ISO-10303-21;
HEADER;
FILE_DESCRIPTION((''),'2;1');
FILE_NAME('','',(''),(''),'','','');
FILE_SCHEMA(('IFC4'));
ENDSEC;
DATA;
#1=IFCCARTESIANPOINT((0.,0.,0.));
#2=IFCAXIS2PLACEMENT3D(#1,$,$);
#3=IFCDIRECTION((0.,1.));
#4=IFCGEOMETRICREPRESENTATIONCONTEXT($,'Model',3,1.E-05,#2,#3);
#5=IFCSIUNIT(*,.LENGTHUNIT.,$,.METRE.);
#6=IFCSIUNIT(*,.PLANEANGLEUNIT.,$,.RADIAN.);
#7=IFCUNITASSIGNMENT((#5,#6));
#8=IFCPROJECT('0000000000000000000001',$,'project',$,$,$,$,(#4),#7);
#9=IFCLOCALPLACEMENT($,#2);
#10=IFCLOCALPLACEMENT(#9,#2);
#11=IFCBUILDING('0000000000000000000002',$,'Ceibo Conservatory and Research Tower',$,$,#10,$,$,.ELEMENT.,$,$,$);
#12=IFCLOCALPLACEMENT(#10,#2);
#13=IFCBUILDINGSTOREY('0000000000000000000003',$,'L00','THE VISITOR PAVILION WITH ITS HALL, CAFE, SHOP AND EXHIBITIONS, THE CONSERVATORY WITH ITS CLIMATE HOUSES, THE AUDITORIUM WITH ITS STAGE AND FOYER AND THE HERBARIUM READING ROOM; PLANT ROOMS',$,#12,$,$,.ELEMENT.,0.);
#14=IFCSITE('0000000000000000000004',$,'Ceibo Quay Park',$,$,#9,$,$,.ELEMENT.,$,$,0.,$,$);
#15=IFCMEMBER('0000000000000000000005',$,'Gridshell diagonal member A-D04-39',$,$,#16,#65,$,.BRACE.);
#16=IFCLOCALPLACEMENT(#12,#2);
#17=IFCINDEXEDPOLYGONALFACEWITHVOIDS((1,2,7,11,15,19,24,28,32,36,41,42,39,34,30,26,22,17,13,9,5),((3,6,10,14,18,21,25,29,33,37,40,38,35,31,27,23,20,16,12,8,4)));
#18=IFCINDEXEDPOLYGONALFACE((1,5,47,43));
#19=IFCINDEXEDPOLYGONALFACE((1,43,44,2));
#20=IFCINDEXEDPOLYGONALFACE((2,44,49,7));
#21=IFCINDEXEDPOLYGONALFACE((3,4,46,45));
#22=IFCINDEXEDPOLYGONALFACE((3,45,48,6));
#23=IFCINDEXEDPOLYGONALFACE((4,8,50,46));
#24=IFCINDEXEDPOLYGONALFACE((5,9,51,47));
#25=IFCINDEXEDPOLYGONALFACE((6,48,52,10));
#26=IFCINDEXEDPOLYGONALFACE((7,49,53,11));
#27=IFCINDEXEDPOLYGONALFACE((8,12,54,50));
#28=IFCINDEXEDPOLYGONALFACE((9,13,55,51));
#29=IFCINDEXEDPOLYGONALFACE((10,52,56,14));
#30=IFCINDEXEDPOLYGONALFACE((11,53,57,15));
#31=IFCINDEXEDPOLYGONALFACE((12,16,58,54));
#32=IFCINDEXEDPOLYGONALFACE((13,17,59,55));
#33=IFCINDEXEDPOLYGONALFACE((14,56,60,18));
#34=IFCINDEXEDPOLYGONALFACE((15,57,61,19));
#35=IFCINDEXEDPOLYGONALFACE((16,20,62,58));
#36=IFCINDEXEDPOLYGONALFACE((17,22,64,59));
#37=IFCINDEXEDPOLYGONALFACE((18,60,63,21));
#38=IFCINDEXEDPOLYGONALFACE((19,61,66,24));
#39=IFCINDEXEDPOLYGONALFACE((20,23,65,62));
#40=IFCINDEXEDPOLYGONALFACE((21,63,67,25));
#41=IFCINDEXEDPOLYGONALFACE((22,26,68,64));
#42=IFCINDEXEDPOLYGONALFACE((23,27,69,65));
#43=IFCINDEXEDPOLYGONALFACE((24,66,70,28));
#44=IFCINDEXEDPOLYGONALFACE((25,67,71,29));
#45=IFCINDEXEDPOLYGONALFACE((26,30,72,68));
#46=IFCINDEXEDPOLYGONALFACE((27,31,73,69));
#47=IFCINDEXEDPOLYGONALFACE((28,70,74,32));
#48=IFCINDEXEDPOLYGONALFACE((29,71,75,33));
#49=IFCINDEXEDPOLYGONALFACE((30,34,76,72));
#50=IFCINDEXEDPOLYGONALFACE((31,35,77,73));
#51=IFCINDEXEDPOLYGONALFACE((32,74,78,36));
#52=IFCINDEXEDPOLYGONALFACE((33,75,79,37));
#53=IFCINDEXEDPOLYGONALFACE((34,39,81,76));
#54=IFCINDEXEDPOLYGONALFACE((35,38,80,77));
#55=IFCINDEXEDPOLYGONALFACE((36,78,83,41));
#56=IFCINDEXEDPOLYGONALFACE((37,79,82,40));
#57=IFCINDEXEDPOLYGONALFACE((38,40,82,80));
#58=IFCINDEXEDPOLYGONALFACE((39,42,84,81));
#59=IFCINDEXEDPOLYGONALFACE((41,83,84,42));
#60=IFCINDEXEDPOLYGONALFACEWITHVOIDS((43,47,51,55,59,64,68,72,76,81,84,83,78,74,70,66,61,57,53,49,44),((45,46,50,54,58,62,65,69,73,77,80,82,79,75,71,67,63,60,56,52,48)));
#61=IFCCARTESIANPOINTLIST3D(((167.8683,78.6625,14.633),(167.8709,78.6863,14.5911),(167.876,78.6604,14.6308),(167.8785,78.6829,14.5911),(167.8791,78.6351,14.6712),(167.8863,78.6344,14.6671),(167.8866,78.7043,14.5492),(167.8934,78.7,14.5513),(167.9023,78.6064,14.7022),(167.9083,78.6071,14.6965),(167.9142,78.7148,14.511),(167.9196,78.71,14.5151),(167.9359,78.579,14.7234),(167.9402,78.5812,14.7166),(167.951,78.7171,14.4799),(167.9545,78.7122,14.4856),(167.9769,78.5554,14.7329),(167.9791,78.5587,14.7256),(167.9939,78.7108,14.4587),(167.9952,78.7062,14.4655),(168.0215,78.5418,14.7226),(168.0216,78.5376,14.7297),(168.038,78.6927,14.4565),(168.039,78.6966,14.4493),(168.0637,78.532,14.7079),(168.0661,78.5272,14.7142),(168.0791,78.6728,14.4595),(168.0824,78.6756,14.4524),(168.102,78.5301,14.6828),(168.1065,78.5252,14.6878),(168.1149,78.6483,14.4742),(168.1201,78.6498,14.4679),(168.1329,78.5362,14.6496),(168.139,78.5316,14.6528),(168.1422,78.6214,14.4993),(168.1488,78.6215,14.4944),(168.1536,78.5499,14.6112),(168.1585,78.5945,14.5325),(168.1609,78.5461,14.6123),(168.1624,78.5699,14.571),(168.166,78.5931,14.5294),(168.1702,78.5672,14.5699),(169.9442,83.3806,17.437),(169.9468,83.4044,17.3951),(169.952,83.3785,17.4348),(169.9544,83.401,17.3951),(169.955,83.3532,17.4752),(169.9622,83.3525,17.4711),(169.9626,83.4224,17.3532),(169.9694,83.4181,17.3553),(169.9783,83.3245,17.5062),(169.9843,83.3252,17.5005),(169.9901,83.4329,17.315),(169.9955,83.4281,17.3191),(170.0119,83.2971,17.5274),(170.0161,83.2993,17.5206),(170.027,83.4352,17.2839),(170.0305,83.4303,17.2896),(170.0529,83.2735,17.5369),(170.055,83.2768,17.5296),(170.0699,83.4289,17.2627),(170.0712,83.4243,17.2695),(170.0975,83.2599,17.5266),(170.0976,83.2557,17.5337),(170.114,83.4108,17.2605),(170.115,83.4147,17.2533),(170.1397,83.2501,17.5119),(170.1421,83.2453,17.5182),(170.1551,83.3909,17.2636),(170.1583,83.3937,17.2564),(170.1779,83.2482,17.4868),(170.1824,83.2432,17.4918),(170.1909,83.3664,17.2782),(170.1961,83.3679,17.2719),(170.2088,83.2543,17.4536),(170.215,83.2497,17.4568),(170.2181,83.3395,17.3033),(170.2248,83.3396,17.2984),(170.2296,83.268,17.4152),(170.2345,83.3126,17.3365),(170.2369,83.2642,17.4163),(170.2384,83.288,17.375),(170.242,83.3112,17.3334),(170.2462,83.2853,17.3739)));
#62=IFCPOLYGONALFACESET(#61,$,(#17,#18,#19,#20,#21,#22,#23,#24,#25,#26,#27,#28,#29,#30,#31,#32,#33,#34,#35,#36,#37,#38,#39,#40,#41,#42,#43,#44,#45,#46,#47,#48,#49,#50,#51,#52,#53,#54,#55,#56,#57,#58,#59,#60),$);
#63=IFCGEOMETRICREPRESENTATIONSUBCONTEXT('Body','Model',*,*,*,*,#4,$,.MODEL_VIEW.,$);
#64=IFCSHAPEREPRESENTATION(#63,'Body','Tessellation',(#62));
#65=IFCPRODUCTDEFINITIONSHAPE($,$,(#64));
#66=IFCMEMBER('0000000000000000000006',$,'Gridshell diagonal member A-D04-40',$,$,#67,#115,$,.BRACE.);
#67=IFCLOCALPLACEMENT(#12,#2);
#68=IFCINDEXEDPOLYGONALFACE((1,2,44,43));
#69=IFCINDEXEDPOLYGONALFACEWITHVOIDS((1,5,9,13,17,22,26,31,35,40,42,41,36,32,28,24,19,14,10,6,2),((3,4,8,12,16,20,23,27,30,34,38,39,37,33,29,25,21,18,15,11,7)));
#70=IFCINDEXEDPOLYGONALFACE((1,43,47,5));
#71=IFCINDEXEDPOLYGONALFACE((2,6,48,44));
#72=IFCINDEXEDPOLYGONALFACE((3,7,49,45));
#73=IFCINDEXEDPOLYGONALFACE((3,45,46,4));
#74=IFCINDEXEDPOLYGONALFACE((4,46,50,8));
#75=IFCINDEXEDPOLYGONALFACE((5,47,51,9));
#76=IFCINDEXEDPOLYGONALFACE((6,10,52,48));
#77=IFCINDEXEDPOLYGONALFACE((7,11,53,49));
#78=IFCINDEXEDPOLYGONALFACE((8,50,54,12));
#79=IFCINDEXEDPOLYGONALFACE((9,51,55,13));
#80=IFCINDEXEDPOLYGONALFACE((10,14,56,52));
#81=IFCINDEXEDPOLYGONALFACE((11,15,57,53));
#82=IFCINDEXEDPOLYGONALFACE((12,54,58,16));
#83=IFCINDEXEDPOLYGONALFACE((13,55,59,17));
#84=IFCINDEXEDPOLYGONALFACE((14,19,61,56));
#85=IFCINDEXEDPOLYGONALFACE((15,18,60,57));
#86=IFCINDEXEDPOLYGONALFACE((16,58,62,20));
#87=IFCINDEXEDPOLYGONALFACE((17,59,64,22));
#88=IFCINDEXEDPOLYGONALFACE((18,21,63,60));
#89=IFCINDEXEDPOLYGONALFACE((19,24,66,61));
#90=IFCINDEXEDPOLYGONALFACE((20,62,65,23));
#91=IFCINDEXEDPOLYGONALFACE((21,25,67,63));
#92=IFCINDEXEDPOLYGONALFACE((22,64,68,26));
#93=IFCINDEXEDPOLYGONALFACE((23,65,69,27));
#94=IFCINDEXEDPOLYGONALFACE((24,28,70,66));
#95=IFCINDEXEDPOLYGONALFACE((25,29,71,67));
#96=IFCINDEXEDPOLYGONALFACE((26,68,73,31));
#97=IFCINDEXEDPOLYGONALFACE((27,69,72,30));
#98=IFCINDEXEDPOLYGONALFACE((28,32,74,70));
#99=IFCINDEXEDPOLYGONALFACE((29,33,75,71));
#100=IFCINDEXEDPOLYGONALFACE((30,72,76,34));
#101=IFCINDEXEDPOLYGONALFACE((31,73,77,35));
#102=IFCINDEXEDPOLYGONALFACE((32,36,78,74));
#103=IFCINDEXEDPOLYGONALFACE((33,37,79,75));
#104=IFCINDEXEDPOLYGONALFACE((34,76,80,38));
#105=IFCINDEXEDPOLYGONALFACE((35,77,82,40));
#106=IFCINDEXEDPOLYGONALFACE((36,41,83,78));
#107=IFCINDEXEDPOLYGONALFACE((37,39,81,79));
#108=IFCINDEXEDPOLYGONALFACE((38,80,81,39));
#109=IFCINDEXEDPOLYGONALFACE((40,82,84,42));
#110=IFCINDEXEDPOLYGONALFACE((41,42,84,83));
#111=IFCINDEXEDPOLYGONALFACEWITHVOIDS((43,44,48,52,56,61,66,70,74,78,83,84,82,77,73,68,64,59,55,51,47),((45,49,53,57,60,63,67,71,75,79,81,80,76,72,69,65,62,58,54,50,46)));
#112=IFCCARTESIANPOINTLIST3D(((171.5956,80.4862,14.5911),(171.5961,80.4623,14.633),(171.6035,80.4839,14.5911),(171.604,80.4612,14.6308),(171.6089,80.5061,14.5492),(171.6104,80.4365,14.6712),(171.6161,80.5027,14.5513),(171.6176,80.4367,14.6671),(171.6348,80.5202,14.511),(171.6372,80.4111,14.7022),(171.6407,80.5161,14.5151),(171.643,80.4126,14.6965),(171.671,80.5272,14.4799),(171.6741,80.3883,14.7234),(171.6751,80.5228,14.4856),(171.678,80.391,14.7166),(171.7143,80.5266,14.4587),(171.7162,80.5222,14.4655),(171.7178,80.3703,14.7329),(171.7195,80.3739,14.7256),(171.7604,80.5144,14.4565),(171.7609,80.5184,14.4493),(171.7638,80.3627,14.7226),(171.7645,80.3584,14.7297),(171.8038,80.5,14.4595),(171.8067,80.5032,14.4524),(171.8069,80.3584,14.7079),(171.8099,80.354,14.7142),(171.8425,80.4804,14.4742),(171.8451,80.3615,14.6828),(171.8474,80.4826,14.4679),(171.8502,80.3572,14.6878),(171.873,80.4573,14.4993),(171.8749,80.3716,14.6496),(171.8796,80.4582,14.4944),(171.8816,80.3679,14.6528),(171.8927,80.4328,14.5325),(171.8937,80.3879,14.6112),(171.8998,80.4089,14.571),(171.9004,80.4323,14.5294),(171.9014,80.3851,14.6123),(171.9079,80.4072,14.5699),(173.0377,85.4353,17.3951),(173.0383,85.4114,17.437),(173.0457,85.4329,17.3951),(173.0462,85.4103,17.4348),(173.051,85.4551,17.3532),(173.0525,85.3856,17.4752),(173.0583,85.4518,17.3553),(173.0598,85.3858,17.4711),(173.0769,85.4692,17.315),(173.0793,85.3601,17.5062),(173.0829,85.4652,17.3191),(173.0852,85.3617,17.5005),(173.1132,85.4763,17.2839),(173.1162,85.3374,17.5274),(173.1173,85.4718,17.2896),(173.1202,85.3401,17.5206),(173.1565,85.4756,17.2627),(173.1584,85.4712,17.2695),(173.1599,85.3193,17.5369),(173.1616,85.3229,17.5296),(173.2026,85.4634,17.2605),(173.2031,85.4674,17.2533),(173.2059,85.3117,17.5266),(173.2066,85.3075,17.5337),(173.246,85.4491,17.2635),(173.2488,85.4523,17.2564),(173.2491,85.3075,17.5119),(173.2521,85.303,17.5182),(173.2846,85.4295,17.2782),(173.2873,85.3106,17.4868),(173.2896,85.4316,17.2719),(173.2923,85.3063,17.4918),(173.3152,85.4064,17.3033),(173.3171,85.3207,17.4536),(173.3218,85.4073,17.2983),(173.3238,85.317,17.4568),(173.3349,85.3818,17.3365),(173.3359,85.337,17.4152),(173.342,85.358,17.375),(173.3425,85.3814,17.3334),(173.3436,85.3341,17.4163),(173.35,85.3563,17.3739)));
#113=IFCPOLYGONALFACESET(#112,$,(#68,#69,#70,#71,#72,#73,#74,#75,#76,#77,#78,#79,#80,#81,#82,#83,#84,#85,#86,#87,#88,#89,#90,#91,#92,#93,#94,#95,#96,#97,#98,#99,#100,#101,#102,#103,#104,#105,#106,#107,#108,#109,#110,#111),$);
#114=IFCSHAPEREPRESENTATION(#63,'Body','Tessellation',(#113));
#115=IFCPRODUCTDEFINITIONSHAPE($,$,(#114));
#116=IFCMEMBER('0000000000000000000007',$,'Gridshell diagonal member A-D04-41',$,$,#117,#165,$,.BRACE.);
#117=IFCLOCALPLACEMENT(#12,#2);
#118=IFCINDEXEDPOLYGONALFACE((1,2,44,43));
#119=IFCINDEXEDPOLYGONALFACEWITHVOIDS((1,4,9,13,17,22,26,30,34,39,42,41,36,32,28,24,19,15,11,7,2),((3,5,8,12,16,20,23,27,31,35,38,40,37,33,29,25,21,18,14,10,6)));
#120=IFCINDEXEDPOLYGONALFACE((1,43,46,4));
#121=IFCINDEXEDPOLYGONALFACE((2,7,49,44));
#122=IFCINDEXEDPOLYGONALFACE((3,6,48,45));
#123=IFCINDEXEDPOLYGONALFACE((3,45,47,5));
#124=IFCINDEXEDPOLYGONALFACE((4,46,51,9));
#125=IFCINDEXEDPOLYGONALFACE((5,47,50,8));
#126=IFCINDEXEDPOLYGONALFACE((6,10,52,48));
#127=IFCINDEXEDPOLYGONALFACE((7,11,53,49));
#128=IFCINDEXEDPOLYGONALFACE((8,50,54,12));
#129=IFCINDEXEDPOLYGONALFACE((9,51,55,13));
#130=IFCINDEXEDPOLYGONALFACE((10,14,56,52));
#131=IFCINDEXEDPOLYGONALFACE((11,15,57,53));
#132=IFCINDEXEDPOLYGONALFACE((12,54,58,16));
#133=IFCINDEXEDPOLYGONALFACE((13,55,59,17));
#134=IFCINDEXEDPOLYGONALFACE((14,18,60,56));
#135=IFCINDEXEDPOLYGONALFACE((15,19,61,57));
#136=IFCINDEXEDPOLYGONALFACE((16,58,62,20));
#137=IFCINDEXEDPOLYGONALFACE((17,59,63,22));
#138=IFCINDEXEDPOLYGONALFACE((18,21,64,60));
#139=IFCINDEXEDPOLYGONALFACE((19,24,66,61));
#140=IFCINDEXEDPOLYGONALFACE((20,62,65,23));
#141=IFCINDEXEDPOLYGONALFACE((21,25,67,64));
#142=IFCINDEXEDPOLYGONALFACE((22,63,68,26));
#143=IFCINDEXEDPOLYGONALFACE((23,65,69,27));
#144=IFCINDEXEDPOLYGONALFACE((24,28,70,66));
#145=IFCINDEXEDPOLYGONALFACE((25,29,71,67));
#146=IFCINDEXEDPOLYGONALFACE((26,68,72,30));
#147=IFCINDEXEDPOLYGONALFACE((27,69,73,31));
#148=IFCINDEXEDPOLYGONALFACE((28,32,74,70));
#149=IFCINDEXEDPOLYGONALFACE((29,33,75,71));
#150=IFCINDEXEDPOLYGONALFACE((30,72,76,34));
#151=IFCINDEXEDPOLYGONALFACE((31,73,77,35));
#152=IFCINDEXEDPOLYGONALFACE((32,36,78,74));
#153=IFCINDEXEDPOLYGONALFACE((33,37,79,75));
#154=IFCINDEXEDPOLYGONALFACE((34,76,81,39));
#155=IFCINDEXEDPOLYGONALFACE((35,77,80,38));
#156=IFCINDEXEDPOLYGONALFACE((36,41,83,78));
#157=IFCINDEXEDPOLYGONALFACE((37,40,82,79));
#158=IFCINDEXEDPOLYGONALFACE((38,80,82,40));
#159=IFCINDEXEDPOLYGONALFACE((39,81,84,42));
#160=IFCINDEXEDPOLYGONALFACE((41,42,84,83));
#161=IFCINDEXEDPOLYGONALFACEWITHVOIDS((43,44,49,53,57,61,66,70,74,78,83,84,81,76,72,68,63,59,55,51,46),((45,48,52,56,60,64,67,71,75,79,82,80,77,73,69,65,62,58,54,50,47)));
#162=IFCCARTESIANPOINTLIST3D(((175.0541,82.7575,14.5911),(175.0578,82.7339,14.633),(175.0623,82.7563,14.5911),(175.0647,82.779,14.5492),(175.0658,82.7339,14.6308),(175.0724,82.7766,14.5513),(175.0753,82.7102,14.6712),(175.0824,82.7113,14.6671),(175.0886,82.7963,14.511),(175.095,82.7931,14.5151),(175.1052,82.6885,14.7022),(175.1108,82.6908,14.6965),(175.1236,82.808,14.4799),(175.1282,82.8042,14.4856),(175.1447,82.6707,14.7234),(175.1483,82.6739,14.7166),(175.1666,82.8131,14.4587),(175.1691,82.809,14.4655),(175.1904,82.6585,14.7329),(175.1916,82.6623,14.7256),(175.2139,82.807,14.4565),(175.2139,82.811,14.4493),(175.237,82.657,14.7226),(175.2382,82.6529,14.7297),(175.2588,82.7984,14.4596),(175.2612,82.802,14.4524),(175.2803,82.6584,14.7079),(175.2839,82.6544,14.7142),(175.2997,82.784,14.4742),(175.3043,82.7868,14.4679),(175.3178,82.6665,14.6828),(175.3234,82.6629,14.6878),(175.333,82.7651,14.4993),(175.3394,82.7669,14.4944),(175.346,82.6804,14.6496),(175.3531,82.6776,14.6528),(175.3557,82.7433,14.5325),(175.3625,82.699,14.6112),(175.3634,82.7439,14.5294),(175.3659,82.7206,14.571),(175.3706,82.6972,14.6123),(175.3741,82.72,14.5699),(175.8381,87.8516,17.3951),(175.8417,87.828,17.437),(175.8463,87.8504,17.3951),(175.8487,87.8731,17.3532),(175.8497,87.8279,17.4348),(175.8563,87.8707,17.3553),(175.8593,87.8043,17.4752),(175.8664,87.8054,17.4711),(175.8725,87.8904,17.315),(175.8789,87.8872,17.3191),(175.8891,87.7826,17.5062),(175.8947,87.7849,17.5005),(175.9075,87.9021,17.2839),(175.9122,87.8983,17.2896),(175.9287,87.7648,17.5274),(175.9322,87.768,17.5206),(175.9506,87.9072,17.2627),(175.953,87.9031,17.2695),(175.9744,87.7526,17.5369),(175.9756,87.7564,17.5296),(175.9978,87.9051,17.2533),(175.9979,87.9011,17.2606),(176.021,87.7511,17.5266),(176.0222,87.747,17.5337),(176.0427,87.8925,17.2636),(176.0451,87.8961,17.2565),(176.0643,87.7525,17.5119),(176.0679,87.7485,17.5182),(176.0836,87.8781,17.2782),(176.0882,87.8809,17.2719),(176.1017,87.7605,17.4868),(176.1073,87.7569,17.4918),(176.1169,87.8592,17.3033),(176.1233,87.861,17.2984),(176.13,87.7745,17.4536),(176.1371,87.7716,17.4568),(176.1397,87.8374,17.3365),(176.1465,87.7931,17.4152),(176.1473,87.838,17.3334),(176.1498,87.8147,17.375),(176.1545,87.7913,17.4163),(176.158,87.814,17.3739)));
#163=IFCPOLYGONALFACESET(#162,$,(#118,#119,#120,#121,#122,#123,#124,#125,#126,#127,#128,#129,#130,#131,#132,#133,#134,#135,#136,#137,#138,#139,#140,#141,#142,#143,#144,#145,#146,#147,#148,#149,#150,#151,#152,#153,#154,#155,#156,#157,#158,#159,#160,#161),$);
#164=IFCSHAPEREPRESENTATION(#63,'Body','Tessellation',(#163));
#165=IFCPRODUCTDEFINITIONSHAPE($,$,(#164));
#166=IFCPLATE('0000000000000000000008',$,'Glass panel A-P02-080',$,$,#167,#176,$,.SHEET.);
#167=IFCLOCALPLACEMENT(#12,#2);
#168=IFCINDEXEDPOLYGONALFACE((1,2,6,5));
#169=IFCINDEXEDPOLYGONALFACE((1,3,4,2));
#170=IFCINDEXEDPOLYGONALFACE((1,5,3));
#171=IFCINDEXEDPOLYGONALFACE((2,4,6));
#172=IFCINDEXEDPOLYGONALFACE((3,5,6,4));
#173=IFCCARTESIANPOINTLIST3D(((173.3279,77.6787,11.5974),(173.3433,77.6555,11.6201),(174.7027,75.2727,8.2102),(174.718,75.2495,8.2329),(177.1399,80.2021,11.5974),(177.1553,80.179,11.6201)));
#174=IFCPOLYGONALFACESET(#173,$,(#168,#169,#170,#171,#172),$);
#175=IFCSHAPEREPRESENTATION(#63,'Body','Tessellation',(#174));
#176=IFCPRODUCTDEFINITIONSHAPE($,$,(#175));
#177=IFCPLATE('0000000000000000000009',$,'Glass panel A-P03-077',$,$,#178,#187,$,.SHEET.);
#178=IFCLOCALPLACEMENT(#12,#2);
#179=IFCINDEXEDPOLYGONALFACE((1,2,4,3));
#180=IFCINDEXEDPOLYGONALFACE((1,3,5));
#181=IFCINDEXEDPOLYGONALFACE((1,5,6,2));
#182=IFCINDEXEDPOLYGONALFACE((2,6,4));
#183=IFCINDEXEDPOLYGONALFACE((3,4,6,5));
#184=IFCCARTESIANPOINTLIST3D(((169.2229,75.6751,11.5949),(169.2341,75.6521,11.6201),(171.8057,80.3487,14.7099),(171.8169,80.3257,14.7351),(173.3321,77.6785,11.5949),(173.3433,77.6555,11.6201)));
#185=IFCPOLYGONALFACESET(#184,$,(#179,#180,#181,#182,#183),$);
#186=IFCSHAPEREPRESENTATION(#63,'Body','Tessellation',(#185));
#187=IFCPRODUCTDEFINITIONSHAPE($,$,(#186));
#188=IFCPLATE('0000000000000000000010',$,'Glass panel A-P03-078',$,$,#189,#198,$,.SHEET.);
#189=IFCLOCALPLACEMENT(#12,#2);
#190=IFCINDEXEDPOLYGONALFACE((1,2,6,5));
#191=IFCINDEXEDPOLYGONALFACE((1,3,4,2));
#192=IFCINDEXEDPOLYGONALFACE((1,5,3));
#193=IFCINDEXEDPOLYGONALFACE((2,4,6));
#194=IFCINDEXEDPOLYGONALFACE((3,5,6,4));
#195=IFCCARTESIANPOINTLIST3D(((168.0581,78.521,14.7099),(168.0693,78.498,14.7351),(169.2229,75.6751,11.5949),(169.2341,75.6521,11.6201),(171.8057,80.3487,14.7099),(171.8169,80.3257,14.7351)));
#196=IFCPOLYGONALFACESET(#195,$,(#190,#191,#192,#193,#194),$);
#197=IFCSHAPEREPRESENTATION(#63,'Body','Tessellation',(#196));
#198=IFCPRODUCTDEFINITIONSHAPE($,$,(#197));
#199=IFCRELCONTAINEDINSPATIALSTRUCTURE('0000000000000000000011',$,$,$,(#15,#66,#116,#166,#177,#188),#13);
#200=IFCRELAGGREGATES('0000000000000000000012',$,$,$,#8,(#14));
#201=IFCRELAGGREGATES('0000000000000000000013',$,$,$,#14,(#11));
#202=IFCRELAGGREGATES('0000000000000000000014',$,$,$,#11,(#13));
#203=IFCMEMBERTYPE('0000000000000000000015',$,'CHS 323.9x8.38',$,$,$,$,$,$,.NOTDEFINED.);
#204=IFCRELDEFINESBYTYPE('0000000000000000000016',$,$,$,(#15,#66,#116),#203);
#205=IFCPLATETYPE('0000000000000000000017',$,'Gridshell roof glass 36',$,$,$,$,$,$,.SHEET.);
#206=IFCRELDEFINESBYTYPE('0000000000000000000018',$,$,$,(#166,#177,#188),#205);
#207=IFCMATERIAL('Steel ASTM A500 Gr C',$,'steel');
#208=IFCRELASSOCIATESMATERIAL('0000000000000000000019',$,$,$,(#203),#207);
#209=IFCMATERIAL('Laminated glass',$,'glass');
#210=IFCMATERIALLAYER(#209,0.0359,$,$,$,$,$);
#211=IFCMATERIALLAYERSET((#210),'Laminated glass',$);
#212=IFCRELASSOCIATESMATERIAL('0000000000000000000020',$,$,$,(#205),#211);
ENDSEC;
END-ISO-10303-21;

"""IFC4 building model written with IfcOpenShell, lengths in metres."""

from ifc_helpers import new_model, si_unit, direction, frame, origin, origin_2d, place, context, subcontext, project, spatial, polyline, hollow_circle, outline, extrude, material, layer, layer_set, material_profile, profile_set, type_object, element, save


model = new_model("IFC4")

# Units and contexts
model_context = context("Model", 3, precision=1e-05, world=origin(), true_north=direction((0.0, 1.0)))
body_context = subcontext(model_context, "Body", "Model", "MODEL_VIEW")
ifc_project = project(units=[si_unit("LENGTHUNIT", "METRE"), si_unit("PLANEANGLEUNIT", "RADIAN")], contexts=[model_context])

# Site, building, storey
site_placement = place(None, origin())
site = spatial("IfcSite", under=ifc_project, at=site_placement, Name="Ceibo Quay Park", CompositionType="ELEMENT", RefElevation=0.0)
building_placement = place(site_placement, origin())
building = spatial("IfcBuilding", under=site, at=building_placement, Name="Ceibo Conservatory and Research Tower", CompositionType="ELEMENT")
storey_placement = place(building_placement, origin())
storey = spatial("IfcBuildingStorey", under=building, at=storey_placement, Name="L00", Description="THE VISITOR PAVILION WITH ITS HALL, CAFE, SHOP AND EXHIBITIONS, THE CONSERVATORY WITH ITS CLIMATE HOUSES, THE AUDITORIUM WITH ITS STAGE AND FOYER AND THE HERBARIUM READING ROOM; PLANT ROOMS", CompositionType="ELEMENT", Elevation=0.0)

# Members
ifc_material_1 = material(Name="Steel ASTM A500 Gr C", Category="steel")
ifc_material_profile_1 = material_profile(ifc_material_1, hollow_circle(Radius=0.1619, WallThickness=0.0083, at=origin_2d()), Name="CHS 323.9x8.38")
ifc_profile_set_1 = profile_set([ifc_material_profile_1], Name="Steel ASTM A500 Gr C")
member_type_1 = type_object("IfcMemberType", Name="CHS 323.9x8.38", PredefinedType="NOTDEFINED", material=ifc_profile_set_1)
member_1_placement = place(storey_placement, frame((168.019, 78.6211, 14.5911), z_axis=(0.353782, 0.804049, 0.477853), x_axis=(-0.915315, 0.402739, 0.0)))
element("IfcMember", 1, at=member_1_placement, inside=storey, type_object=member_type_1, Name="Gridshell diagonal member A-D04-39", PredefinedType="BRACE", context=body_context, shape_type="SweptSolid", body=[
    extrude(hollow_circle(Radius=0.1619, WallThickness=0.0083, at=origin_2d()), origin(), (0.0, 0.0, 1.0), 5.8679),
])
member_2_placement = place(storey_placement, frame((171.751, 80.4409, 14.5911), z_axis=(0.24576, 0.843373, 0.477832), x_axis=(-0.960068, 0.279765, 0.0)))
element("IfcMember", 2, at=member_2_placement, inside=storey, type_object=member_type_1, Name="Gridshell diagonal member A-D04-40", PredefinedType="BRACE", context=body_context, shape_type="SweptSolid", body=[
    extrude(hollow_circle(Radius=0.1619, WallThickness=0.0083, at=origin_2d()), origin(), (0.0, 0.0, 1.0), 5.8682),
])
member_3_placement = place(storey_placement, frame((175.2141, 82.7329, 14.5911), z_axis=(0.13361, 0.868197, 0.477893), x_axis=(-0.988365, 0.152103, 0.0)))
element("IfcMember", 3, at=member_3_placement, inside=storey, type_object=member_type_1, Name="Gridshell diagonal member A-D04-41", PredefinedType="BRACE", context=body_context, shape_type="SweptSolid", body=[
    extrude(hollow_circle(Radius=0.1619, WallThickness=0.0083, at=origin_2d()), origin(), (0.0, 0.0, 1.0), 5.8674),
])

# Plates
ifc_material_2 = material(Name="Laminated glass", Category="glass")
ifc_layer = layer(ifc_material_2, 0.0359)
ifc_layer_set = layer_set([ifc_layer], Name="Laminated glass")
plate_type = type_object("IfcPlateType", Name="Gridshell roof glass 36", PredefinedType="SHEET", material=ifc_layer_set)
plate_1_placement = place(storey_placement, frame((174.718, 75.2495, 8.2329), z_axis=(0.4276, -0.645951, 0.632381), x_axis=(0.377369, 0.763244, 0.524454)))
element("IfcPlate", 4, at=plate_1_placement, inside=storey, type_object=plate_type, Name="Glass panel A-P02-080", PredefinedType="SHEET", context=body_context, shape_type="SweptSolid", body=[
    extrude(outline(polyline([(0.0, 0.0), (6.4585, 0.0), (3.094, 3.095), (0.0, 0.0)])), origin(), (0.0, 0.0, -1.0), 0.0359),
])
plate_2_placement = place(storey_placement, frame((169.2341, 75.6521, 11.6201), z_axis=(0.312178, -0.640296, 0.70183), x_axis=(0.898858, 0.438241, 0.0)))
element("IfcPlate", 5, at=plate_2_placement, inside=storey, type_object=plate_type, Name="Glass panel A-P03-077", PredefinedType="SHEET", context=body_context, shape_type="SweptSolid", body=[
    extrude(outline(polyline([(0.0, 0.0), (4.5715, 0.0), (4.3697, 4.3729), (0.0, 0.0)])), origin(), (0.0, 0.0, -1.0), 0.0359),
])
plate_3_placement = place(storey_placement, frame((169.2341, 75.6521, 11.6201), z_axis=(0.312271, -0.640311, 0.701775), x_axis=(0.417793, 0.756008, 0.503887)))
element("IfcPlate", 6, at=plate_3_placement, inside=storey, type_object=plate_type, Name="Glass panel A-P03-078", PredefinedType="SHEET", context=body_context, shape_type="SweptSolid", body=[
    extrude(outline(polyline([(0.0, 0.0), (6.1819, 0.0), (3.2345, 2.9491), (0.0, 0.0)])), origin(), (0.0, 0.0, -1.0), 0.0359),
])

save(model, "model.ifc")
